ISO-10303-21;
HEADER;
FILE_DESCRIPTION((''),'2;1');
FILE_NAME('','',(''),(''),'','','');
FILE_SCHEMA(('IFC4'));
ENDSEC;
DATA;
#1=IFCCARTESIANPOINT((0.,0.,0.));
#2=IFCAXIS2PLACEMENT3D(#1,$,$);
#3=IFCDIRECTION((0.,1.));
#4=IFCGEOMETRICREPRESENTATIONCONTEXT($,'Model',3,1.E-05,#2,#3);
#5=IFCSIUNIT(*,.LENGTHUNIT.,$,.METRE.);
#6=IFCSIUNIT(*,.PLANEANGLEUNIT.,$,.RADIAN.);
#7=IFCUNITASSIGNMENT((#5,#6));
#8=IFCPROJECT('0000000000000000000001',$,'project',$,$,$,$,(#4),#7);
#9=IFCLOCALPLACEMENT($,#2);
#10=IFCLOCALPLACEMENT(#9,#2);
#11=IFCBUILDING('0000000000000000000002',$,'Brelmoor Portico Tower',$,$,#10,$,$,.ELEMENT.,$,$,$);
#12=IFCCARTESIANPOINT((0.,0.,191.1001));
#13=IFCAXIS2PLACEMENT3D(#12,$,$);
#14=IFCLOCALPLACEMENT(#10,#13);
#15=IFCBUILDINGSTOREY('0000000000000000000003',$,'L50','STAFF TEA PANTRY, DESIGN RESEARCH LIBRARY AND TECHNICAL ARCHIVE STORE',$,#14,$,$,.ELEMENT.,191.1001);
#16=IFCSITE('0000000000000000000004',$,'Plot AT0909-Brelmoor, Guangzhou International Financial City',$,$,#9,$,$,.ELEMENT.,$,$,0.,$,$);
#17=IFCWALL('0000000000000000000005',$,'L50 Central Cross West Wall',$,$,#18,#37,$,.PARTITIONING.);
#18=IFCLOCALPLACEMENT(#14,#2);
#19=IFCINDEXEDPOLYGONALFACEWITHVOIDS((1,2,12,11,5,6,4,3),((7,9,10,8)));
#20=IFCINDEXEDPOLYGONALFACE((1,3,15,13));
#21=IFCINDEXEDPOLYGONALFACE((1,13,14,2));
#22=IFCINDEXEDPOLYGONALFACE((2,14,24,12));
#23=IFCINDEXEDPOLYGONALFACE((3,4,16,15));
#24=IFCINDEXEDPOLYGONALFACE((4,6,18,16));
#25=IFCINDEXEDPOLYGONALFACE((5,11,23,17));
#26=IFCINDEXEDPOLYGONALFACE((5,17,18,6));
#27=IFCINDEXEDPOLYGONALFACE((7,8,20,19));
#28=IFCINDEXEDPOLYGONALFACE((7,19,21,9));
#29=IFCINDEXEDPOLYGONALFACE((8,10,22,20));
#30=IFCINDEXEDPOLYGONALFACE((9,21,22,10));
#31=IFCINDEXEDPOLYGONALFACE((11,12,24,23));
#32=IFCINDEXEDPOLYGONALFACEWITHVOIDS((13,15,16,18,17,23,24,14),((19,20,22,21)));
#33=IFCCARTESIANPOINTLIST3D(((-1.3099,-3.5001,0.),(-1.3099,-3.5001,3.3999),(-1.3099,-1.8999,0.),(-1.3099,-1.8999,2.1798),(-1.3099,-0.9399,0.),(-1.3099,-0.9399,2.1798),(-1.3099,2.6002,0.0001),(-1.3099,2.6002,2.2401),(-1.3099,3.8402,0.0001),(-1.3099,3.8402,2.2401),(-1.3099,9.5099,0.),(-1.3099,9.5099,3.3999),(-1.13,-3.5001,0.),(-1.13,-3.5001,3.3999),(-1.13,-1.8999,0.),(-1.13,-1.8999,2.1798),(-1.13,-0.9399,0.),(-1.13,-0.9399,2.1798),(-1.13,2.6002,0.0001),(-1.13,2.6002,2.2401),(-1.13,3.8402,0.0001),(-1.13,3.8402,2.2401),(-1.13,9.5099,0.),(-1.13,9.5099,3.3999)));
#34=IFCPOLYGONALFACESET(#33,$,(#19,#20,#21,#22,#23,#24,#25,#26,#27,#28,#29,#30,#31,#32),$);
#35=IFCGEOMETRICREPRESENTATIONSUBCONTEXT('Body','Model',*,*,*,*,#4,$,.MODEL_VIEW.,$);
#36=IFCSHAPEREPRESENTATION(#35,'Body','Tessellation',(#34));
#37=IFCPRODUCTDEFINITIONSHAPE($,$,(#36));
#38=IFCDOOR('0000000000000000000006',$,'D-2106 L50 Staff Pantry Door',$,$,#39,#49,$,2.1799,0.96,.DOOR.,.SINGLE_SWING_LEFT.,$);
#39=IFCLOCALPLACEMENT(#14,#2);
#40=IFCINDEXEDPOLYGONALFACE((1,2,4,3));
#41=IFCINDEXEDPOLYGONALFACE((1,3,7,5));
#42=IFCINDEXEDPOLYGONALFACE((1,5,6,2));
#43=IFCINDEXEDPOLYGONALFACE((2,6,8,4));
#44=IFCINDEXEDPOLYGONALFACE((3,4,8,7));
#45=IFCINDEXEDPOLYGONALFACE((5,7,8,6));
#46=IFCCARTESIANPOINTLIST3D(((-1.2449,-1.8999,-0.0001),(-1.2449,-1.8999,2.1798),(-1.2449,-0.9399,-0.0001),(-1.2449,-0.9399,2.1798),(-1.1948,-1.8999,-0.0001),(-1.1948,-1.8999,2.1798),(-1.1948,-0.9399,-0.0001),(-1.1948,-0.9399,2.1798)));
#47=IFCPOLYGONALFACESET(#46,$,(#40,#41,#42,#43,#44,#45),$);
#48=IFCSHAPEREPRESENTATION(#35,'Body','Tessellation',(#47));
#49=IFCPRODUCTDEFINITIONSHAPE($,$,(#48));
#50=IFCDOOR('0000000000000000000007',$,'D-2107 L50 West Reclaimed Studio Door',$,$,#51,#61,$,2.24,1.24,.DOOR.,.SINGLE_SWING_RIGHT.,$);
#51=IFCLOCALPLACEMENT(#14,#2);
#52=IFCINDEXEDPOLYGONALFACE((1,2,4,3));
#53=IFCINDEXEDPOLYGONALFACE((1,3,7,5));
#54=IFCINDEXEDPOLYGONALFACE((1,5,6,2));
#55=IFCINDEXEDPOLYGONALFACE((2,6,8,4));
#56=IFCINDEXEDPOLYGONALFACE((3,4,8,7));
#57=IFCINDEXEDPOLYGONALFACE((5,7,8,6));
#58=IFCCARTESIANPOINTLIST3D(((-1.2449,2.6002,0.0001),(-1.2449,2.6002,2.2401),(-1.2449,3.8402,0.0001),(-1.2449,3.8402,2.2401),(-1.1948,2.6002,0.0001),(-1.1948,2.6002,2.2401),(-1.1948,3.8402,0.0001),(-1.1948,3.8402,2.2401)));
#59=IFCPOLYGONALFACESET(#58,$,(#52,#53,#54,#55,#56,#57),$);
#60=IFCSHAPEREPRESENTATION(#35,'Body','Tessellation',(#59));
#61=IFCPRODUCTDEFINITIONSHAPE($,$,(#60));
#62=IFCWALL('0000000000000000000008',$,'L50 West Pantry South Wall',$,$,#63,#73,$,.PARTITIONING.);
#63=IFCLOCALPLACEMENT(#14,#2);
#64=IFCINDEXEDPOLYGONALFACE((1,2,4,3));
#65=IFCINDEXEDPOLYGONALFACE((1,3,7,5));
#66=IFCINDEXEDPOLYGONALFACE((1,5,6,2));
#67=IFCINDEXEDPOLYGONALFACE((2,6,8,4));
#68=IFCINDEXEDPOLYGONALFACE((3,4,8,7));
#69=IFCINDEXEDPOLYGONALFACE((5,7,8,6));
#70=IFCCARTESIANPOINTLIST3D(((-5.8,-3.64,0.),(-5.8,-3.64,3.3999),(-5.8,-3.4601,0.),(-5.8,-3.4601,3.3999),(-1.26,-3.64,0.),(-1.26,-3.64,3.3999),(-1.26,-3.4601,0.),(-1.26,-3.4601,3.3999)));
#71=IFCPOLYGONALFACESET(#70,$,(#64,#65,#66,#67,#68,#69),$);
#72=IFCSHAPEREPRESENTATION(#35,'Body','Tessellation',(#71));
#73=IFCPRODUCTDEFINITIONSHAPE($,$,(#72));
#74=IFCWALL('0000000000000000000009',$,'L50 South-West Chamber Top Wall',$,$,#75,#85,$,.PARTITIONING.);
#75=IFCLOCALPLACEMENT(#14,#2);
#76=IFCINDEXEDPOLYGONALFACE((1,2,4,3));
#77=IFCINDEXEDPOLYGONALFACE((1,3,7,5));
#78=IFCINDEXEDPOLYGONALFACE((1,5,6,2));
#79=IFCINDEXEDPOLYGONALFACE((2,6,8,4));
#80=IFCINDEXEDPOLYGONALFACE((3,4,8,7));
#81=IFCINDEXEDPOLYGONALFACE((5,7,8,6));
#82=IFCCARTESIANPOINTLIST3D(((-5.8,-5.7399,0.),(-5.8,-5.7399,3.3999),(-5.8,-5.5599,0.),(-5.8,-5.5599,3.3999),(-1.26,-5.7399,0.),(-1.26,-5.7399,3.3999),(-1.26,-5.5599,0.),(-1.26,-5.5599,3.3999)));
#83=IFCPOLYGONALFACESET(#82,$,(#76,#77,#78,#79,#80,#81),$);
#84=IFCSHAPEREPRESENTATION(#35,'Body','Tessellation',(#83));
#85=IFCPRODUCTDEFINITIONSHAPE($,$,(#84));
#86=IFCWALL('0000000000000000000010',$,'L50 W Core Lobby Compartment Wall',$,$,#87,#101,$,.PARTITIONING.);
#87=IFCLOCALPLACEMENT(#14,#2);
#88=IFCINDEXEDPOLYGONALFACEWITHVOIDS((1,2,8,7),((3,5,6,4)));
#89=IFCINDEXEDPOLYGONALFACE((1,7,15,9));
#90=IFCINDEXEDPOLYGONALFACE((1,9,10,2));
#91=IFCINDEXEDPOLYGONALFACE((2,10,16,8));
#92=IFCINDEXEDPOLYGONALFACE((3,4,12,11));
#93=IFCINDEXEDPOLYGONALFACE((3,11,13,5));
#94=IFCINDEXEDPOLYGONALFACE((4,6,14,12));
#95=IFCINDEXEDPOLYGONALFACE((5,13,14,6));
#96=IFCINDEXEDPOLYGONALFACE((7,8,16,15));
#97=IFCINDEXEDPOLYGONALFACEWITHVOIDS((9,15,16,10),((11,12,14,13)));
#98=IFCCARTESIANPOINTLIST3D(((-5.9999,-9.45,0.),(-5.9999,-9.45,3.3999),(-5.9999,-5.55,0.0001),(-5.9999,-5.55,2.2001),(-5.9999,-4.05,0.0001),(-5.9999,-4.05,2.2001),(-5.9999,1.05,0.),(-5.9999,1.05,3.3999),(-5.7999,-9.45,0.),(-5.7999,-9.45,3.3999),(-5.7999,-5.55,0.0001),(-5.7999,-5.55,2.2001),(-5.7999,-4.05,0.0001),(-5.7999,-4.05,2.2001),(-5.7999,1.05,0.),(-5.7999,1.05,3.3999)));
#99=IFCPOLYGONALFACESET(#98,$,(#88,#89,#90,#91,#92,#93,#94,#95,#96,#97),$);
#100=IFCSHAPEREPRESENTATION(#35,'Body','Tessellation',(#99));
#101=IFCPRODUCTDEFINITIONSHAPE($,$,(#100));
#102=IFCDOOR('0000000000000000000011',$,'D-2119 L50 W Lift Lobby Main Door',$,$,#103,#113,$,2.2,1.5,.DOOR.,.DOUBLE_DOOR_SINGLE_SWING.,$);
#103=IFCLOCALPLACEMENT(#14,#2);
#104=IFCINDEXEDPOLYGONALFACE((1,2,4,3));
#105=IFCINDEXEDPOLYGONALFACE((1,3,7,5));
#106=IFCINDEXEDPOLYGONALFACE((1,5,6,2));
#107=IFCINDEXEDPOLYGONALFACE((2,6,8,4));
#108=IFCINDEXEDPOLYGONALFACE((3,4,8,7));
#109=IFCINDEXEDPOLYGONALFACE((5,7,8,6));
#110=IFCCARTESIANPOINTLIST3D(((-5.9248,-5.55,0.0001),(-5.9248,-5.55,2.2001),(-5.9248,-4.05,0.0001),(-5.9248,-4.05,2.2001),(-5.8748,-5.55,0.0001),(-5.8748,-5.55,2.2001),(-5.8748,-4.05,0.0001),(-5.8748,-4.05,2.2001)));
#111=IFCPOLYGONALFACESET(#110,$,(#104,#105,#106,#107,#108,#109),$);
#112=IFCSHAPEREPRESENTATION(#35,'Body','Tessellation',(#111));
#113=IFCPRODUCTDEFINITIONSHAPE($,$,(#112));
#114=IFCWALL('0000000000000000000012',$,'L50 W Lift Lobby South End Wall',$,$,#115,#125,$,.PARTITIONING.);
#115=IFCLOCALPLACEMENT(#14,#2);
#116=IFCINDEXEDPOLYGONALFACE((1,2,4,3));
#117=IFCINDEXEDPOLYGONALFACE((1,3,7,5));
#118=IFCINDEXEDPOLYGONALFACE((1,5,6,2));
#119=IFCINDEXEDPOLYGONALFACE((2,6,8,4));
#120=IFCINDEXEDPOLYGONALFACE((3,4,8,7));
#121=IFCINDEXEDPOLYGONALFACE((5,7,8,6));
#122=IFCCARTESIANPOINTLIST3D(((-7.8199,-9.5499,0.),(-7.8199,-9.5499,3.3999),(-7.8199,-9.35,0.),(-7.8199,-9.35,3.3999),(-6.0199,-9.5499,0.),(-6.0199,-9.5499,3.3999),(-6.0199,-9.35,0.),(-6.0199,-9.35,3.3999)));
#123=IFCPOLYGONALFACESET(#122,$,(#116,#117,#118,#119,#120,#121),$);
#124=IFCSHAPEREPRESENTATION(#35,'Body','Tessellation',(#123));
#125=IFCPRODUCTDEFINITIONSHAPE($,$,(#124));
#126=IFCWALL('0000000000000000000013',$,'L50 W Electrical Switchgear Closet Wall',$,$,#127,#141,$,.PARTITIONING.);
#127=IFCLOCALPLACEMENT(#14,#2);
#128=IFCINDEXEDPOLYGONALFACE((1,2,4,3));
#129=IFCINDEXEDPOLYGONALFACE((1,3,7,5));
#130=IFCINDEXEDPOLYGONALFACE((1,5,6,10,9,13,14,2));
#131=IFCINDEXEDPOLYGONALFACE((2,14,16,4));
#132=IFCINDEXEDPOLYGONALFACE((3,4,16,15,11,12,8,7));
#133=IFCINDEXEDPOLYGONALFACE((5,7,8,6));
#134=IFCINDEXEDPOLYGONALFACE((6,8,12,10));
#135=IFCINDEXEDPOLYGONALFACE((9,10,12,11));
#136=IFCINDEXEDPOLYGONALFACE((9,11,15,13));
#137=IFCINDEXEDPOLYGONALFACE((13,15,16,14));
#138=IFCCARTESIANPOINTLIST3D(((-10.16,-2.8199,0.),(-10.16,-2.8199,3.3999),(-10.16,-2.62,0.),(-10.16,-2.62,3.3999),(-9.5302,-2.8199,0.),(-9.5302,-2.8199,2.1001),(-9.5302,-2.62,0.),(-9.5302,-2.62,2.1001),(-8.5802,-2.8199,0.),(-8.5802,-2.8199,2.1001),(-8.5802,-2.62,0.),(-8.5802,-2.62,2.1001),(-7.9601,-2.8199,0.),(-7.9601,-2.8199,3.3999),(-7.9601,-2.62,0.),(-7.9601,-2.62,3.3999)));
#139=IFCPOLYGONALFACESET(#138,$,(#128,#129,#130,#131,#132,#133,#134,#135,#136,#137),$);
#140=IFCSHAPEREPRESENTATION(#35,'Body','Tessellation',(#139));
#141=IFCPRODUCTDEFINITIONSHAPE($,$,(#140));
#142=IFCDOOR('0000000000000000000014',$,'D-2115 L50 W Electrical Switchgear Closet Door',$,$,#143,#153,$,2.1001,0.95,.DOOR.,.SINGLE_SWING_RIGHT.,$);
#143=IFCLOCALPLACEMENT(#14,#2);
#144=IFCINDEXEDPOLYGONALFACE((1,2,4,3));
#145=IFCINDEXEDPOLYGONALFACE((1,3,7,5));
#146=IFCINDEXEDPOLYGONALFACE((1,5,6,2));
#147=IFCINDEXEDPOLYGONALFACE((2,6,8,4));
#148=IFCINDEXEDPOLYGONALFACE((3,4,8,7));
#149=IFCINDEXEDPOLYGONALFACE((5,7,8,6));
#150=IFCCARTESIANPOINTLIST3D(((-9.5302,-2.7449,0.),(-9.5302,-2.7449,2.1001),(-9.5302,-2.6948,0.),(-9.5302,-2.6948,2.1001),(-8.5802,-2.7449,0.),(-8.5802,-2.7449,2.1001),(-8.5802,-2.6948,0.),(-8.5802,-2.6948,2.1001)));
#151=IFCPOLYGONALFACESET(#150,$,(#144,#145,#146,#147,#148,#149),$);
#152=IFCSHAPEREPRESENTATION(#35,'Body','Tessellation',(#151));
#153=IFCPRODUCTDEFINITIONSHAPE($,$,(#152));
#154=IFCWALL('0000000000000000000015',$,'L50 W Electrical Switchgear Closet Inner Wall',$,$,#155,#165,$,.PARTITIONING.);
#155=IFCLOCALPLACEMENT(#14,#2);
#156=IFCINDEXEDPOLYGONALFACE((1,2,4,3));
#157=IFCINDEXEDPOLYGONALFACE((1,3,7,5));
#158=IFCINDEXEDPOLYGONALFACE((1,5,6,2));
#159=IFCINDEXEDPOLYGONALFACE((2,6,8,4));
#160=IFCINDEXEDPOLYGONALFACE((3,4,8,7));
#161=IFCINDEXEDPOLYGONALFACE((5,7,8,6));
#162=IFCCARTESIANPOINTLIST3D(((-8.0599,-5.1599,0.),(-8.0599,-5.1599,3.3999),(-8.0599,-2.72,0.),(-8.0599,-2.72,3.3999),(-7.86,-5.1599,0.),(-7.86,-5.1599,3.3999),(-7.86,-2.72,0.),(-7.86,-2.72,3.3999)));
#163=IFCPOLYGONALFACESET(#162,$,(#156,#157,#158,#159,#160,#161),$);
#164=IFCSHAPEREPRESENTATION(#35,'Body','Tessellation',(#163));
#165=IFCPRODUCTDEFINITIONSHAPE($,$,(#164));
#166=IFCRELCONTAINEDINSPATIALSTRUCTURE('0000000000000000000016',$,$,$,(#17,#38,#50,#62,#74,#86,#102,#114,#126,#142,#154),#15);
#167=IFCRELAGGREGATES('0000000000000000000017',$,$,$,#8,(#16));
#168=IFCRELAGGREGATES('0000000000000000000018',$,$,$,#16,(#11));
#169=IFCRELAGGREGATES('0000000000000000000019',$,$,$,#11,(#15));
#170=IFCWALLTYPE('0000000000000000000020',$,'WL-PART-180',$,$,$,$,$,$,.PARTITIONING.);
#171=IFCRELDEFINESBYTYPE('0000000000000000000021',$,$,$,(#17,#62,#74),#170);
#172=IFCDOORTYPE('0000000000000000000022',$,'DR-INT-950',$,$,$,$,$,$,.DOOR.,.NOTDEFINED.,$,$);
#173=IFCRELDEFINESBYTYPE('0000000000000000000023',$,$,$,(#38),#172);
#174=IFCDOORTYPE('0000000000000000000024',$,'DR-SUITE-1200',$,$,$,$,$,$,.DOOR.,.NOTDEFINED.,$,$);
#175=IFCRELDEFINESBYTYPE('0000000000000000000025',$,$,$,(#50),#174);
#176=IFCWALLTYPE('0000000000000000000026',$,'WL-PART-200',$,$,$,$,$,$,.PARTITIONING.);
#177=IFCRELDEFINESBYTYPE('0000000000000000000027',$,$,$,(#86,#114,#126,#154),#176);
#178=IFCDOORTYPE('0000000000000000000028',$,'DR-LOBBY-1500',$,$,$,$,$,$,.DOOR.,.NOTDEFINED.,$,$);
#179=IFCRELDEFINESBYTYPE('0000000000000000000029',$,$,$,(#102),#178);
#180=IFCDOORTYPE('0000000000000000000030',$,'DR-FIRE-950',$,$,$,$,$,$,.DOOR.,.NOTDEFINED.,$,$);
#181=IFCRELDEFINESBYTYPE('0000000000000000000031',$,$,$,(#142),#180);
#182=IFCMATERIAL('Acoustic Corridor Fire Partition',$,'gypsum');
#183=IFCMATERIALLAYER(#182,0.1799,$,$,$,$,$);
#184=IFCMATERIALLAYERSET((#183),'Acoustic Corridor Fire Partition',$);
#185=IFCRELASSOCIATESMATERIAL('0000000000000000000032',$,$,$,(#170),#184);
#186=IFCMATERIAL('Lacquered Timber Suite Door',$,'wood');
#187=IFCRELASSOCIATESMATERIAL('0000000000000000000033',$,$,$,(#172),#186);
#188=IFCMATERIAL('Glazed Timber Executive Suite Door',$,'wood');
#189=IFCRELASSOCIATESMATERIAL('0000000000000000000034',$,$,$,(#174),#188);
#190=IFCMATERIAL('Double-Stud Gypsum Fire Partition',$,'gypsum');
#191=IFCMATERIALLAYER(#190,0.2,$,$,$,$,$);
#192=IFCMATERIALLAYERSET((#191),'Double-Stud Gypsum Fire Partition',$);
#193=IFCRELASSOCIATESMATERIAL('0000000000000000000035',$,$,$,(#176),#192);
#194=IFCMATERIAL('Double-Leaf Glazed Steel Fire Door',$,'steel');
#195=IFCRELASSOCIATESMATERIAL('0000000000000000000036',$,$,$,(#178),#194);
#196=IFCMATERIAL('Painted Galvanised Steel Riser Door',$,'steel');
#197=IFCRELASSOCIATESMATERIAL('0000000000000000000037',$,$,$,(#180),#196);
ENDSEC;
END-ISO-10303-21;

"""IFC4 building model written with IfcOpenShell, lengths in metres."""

from ifc_helpers import new_model, si_unit, direction, frame, frame_2d, origin, place, context, subcontext, project, spatial, rectangle, extrude, material, layer, layer_set, type_object, element, fill, save


model = new_model("IFC4")

# Units and contexts
model_context = context("Model", 3, precision=1e-05, world=origin(), true_north=direction((0.0, 1.0)))
body_context = subcontext(model_context, "Body", "Model", "MODEL_VIEW")
ifc_project = project(units=[si_unit("LENGTHUNIT", "METRE"), si_unit("PLANEANGLEUNIT", "RADIAN")], contexts=[model_context])

# Site, building, storey
site_placement = place(None, origin())
site = spatial("IfcSite", under=ifc_project, at=site_placement, Name="Plot AT0909-Brelmoor, Guangzhou International Financial City", CompositionType="ELEMENT", RefElevation=0.0)
building_placement = place(site_placement, origin())
building = spatial("IfcBuilding", under=site, at=building_placement, Name="Brelmoor Portico Tower", CompositionType="ELEMENT")
storey_placement = place(building_placement, frame((0.0, 0.0, 191.1001)))
storey = spatial("IfcBuildingStorey", under=building, at=storey_placement, Name="L50", Description="STAFF TEA PANTRY, DESIGN RESEARCH LIBRARY AND TECHNICAL ARCHIVE STORE", CompositionType="ELEMENT", Elevation=191.1001)

# Wall, openings, doors
ifc_material_1 = material(Name="Acoustic Corridor Fire Partition", Category="gypsum")
ifc_layer_1 = layer(ifc_material_1, 0.1799)
ifc_layer_set_1 = layer_set([ifc_layer_1], Name="Acoustic Corridor Fire Partition")
wall_type_1 = type_object("IfcWallType", Name="WL-PART-180", PredefinedType="PARTITIONING", material=ifc_layer_set_1)
wall_1_placement = place(storey_placement, frame((-1.22, -3.5, 0.0), z_axis=(0.0, 0.0, 1.0), x_axis=(0.0, 1.0, 0.0)))
wall_1 = element("IfcWall", 1, at=wall_1_placement, inside=storey, type_object=wall_type_1, Name="L50 Central Cross West Wall", PredefinedType="PARTITIONING", context=body_context, shape_type="SweptSolid", body=[
    extrude(rectangle(XDim=13.01, YDim=0.1799, at=frame_2d((6.5049, 0.0))), origin(), (0.0, 0.0, 1.0), 3.3999),
])
opening_1_placement = place(wall_1_placement, frame((6.1001, 0.0, 0.0)))
opening_1 = element("IfcOpeningElement", 2, at=opening_1_placement, cuts=wall_1, PredefinedType="OPENING", context=body_context, shape_type="SweptSolid", body=[
    extrude(rectangle(XDim=1.24, YDim=2.24, at=frame_2d((0.6201, 1.1201))), frame((0.0, 0.0999, 0.0), z_axis=(0.0, -1.0, 0.0), x_axis=(1.0, 0.0, 0.0)), (0.0, 0.0, 1.0), 0.2),
])
opening_2_placement = place(wall_1_placement, frame((1.6001, 0.0, 0.0)))
opening_2 = element("IfcOpeningElement", 3, at=opening_2_placement, cuts=wall_1, PredefinedType="OPENING", context=body_context, shape_type="SweptSolid", body=[
    extrude(rectangle(XDim=0.96, YDim=2.1799, at=frame_2d((0.48, 1.0898))), frame((0.0, 0.0999, 0.0), z_axis=(0.0, -1.0, 0.0), x_axis=(1.0, 0.0, 0.0)), (0.0, 0.0, 1.0), 0.2),
])
ifc_material_2 = material(Name="Lacquered Timber Suite Door", Category="wood")
door_type_1 = type_object("IfcDoorType", Name="DR-INT-950", OperationType="NOTDEFINED", PredefinedType="DOOR", material=ifc_material_2)
door_1_placement = place(opening_2_placement, origin())
door_1 = element("IfcDoor", 4, at=door_1_placement, inside=storey, type_object=door_type_1, Name="D-2106 L50 Staff Pantry Door", OperationType="SINGLE_SWING_LEFT", OverallHeight=2.1799, OverallWidth=0.96, PredefinedType="DOOR", context=body_context, shape_type="SweptSolid", body=[
    extrude(rectangle(XDim=0.96, YDim=2.1799, at=frame_2d((0.48, 1.0898))), frame((0.0, 0.0249, 0.0), z_axis=(0.0, -1.0, 0.0), x_axis=(1.0, 0.0, 0.0)), (0.0, 0.0, 1.0), 0.05),
])
fill(opening_2, door_1)
ifc_material_3 = material(Name="Glazed Timber Executive Suite Door", Category="wood")
door_type_2 = type_object("IfcDoorType", Name="DR-SUITE-1200", OperationType="NOTDEFINED", PredefinedType="DOOR", material=ifc_material_3)
door_2_placement = place(opening_1_placement, origin())
door_2 = element("IfcDoor", 5, at=door_2_placement, inside=storey, type_object=door_type_2, Name="D-2107 L50 West Reclaimed Studio Door", OperationType="SINGLE_SWING_RIGHT", OverallHeight=2.24, OverallWidth=1.24, PredefinedType="DOOR", context=body_context, shape_type="SweptSolid", body=[
    extrude(rectangle(XDim=1.24, YDim=2.24, at=frame_2d((0.6201, 1.1201))), frame((0.0, 0.0249, 0.0), z_axis=(0.0, -1.0, 0.0), x_axis=(1.0, 0.0, 0.0)), (0.0, 0.0, 1.0), 0.05),
])
fill(opening_1, door_2)

# Walls
for number, where, z_axis, x_axis, name in (
    (6, (-5.8, -3.55, 0.0), (0.0, 0.0, 1.0), (1.0, 0.0, 0.0), "L50 West Pantry South Wall"),
    (7, (-5.8, -5.6499, 0.0), (0.0, 0.0, 1.0), (1.0, 0.0, 0.0), "L50 South-West Chamber Top Wall"),
):
    element("IfcWall", number, at=place(storey_placement, frame(where, z_axis=z_axis, x_axis=x_axis)), inside=storey, type_object=wall_type_1, Name=name, PredefinedType="PARTITIONING", context=body_context, shape_type="SweptSolid", body=[
        extrude(rectangle(XDim=4.54, YDim=0.1799, at=frame_2d((2.27, 0.0))), origin(), (0.0, 0.0, 1.0), 3.3999),
    ])

# Wall, opening, door
ifc_material_4 = material(Name="Double-Stud Gypsum Fire Partition", Category="gypsum")
ifc_layer_2 = layer(ifc_material_4, 0.2)
ifc_layer_set_2 = layer_set([ifc_layer_2], Name="Double-Stud Gypsum Fire Partition")
wall_type_2 = type_object("IfcWallType", Name="WL-PART-200", PredefinedType="PARTITIONING", material=ifc_layer_set_2)
wall_2_placement = place(storey_placement, frame((-5.8999, -9.45, 0.0), z_axis=(0.0, 0.0, 1.0), x_axis=(0.0, 1.0, 0.0)))
wall_2 = element("IfcWall", 8, at=wall_2_placement, inside=storey, type_object=wall_type_2, Name="L50 W Core Lobby Compartment Wall", PredefinedType="PARTITIONING", context=body_context, shape_type="SweptSolid", body=[
    extrude(rectangle(XDim=10.5, YDim=0.2, at=frame_2d((5.25, 0.0))), origin(), (0.0, 0.0, 1.0), 3.3999),
])
opening_3_placement = place(wall_2_placement, frame((3.8999, 0.0, 0.0)))
opening_3 = element("IfcOpeningElement", 9, at=opening_3_placement, cuts=wall_2, PredefinedType="OPENING", context=body_context, shape_type="SweptSolid", body=[
    extrude(rectangle(XDim=1.5, YDim=2.2, at=frame_2d((0.75, 1.1001))), frame((0.0, 0.1099, 0.0), z_axis=(0.0, -1.0, 0.0), x_axis=(1.0, 0.0, 0.0)), (0.0, 0.0, 1.0), 0.22),
])
ifc_material_5 = material(Name="Double-Leaf Glazed Steel Fire Door", Category="steel")
door_type_3 = type_object("IfcDoorType", Name="DR-LOBBY-1500", OperationType="NOTDEFINED", PredefinedType="DOOR", material=ifc_material_5)
door_3_placement = place(opening_3_placement, origin())
door_3 = element("IfcDoor", 10, at=door_3_placement, inside=storey, type_object=door_type_3, Name="D-2119 L50 W Lift Lobby Main Door", OperationType="DOUBLE_DOOR_SINGLE_SWING", OverallHeight=2.2, OverallWidth=1.5, PredefinedType="DOOR", context=body_context, shape_type="SweptSolid", body=[
    extrude(rectangle(XDim=1.5, YDim=2.2, at=frame_2d((0.75, 1.1001))), frame((0.0, 0.0249, 0.0), z_axis=(0.0, -1.0, 0.0), x_axis=(1.0, 0.0, 0.0)), (0.0, 0.0, 1.0), 0.05),
])
fill(opening_3, door_3)

# Wall
wall_3_placement = place(storey_placement, frame((-6.02, -9.45, 0.0), z_axis=(0.0, 0.0, 1.0), x_axis=(-1.0, 0.0, 0.0)))
element("IfcWall", 11, at=wall_3_placement, inside=storey, type_object=wall_type_2, Name="L50 W Lift Lobby South End Wall", PredefinedType="PARTITIONING", context=body_context, shape_type="SweptSolid", body=[
    extrude(rectangle(XDim=1.8, YDim=0.2, at=frame_2d((0.8999, 0.0))), origin(), (0.0, 0.0, 1.0), 3.3999),
])

# Wall, opening, door
wall_4_placement = place(storey_placement, frame((-7.96, -2.72, 0.0), z_axis=(0.0, 0.0, 1.0), x_axis=(-1.0, 0.0, 0.0)))
wall_4 = element("IfcWall", 12, at=wall_4_placement, inside=storey, type_object=wall_type_2, Name="L50 W Electrical Switchgear Closet Wall", PredefinedType="PARTITIONING", context=body_context, shape_type="SweptSolid", body=[
    extrude(rectangle(XDim=2.2, YDim=0.2, at=frame_2d((1.1001, 0.0))), origin(), (0.0, 0.0, 1.0), 3.3999),
])
opening_4_placement = place(wall_4_placement, frame((0.6201, 0.0, 0.0)))
opening_4 = element("IfcOpeningElement", 13, at=opening_4_placement, cuts=wall_4, PredefinedType="OPENING", context=body_context, shape_type="SweptSolid", body=[
    extrude(rectangle(XDim=0.95, YDim=2.1001, at=frame_2d((0.4751, 1.05))), frame((0.0, 0.1099, 0.0), z_axis=(0.0, -1.0, 0.0), x_axis=(1.0, 0.0, 0.0)), (0.0, 0.0, 1.0), 0.22),
])
ifc_material_6 = material(Name="Painted Galvanised Steel Riser Door", Category="steel")
door_type_4 = type_object("IfcDoorType", Name="DR-FIRE-950", OperationType="NOTDEFINED", PredefinedType="DOOR", material=ifc_material_6)
door_4_placement = place(opening_4_placement, origin())
door_4 = element("IfcDoor", 14, at=door_4_placement, inside=storey, type_object=door_type_4, Name="D-2115 L50 W Electrical Switchgear Closet Door", OperationType="SINGLE_SWING_RIGHT", OverallHeight=2.1001, OverallWidth=0.95, PredefinedType="DOOR", context=body_context, shape_type="SweptSolid", body=[
    extrude(rectangle(XDim=0.95, YDim=2.1001, at=frame_2d((0.4751, 1.05))), frame((0.0, 0.0249, 0.0), z_axis=(0.0, -1.0, 0.0), x_axis=(1.0, 0.0, 0.0)), (0.0, 0.0, 1.0), 0.05),
])
fill(opening_4, door_4)

# Wall
wall_5_placement = place(storey_placement, frame((-7.96, -5.1599, 0.0), z_axis=(0.0, 0.0, 1.0), x_axis=(0.0, 1.0, 0.0)))
element("IfcWall", 15, at=wall_5_placement, inside=storey, type_object=wall_type_2, Name="L50 W Electrical Switchgear Closet Inner Wall", PredefinedType="PARTITIONING", context=body_context, shape_type="SweptSolid", body=[
    extrude(rectangle(XDim=2.4399, YDim=0.2, at=frame_2d((1.22, 0.0))), origin(), (0.0, 0.0, 1.0), 3.3999),
])

save(model, "model.ifc")
